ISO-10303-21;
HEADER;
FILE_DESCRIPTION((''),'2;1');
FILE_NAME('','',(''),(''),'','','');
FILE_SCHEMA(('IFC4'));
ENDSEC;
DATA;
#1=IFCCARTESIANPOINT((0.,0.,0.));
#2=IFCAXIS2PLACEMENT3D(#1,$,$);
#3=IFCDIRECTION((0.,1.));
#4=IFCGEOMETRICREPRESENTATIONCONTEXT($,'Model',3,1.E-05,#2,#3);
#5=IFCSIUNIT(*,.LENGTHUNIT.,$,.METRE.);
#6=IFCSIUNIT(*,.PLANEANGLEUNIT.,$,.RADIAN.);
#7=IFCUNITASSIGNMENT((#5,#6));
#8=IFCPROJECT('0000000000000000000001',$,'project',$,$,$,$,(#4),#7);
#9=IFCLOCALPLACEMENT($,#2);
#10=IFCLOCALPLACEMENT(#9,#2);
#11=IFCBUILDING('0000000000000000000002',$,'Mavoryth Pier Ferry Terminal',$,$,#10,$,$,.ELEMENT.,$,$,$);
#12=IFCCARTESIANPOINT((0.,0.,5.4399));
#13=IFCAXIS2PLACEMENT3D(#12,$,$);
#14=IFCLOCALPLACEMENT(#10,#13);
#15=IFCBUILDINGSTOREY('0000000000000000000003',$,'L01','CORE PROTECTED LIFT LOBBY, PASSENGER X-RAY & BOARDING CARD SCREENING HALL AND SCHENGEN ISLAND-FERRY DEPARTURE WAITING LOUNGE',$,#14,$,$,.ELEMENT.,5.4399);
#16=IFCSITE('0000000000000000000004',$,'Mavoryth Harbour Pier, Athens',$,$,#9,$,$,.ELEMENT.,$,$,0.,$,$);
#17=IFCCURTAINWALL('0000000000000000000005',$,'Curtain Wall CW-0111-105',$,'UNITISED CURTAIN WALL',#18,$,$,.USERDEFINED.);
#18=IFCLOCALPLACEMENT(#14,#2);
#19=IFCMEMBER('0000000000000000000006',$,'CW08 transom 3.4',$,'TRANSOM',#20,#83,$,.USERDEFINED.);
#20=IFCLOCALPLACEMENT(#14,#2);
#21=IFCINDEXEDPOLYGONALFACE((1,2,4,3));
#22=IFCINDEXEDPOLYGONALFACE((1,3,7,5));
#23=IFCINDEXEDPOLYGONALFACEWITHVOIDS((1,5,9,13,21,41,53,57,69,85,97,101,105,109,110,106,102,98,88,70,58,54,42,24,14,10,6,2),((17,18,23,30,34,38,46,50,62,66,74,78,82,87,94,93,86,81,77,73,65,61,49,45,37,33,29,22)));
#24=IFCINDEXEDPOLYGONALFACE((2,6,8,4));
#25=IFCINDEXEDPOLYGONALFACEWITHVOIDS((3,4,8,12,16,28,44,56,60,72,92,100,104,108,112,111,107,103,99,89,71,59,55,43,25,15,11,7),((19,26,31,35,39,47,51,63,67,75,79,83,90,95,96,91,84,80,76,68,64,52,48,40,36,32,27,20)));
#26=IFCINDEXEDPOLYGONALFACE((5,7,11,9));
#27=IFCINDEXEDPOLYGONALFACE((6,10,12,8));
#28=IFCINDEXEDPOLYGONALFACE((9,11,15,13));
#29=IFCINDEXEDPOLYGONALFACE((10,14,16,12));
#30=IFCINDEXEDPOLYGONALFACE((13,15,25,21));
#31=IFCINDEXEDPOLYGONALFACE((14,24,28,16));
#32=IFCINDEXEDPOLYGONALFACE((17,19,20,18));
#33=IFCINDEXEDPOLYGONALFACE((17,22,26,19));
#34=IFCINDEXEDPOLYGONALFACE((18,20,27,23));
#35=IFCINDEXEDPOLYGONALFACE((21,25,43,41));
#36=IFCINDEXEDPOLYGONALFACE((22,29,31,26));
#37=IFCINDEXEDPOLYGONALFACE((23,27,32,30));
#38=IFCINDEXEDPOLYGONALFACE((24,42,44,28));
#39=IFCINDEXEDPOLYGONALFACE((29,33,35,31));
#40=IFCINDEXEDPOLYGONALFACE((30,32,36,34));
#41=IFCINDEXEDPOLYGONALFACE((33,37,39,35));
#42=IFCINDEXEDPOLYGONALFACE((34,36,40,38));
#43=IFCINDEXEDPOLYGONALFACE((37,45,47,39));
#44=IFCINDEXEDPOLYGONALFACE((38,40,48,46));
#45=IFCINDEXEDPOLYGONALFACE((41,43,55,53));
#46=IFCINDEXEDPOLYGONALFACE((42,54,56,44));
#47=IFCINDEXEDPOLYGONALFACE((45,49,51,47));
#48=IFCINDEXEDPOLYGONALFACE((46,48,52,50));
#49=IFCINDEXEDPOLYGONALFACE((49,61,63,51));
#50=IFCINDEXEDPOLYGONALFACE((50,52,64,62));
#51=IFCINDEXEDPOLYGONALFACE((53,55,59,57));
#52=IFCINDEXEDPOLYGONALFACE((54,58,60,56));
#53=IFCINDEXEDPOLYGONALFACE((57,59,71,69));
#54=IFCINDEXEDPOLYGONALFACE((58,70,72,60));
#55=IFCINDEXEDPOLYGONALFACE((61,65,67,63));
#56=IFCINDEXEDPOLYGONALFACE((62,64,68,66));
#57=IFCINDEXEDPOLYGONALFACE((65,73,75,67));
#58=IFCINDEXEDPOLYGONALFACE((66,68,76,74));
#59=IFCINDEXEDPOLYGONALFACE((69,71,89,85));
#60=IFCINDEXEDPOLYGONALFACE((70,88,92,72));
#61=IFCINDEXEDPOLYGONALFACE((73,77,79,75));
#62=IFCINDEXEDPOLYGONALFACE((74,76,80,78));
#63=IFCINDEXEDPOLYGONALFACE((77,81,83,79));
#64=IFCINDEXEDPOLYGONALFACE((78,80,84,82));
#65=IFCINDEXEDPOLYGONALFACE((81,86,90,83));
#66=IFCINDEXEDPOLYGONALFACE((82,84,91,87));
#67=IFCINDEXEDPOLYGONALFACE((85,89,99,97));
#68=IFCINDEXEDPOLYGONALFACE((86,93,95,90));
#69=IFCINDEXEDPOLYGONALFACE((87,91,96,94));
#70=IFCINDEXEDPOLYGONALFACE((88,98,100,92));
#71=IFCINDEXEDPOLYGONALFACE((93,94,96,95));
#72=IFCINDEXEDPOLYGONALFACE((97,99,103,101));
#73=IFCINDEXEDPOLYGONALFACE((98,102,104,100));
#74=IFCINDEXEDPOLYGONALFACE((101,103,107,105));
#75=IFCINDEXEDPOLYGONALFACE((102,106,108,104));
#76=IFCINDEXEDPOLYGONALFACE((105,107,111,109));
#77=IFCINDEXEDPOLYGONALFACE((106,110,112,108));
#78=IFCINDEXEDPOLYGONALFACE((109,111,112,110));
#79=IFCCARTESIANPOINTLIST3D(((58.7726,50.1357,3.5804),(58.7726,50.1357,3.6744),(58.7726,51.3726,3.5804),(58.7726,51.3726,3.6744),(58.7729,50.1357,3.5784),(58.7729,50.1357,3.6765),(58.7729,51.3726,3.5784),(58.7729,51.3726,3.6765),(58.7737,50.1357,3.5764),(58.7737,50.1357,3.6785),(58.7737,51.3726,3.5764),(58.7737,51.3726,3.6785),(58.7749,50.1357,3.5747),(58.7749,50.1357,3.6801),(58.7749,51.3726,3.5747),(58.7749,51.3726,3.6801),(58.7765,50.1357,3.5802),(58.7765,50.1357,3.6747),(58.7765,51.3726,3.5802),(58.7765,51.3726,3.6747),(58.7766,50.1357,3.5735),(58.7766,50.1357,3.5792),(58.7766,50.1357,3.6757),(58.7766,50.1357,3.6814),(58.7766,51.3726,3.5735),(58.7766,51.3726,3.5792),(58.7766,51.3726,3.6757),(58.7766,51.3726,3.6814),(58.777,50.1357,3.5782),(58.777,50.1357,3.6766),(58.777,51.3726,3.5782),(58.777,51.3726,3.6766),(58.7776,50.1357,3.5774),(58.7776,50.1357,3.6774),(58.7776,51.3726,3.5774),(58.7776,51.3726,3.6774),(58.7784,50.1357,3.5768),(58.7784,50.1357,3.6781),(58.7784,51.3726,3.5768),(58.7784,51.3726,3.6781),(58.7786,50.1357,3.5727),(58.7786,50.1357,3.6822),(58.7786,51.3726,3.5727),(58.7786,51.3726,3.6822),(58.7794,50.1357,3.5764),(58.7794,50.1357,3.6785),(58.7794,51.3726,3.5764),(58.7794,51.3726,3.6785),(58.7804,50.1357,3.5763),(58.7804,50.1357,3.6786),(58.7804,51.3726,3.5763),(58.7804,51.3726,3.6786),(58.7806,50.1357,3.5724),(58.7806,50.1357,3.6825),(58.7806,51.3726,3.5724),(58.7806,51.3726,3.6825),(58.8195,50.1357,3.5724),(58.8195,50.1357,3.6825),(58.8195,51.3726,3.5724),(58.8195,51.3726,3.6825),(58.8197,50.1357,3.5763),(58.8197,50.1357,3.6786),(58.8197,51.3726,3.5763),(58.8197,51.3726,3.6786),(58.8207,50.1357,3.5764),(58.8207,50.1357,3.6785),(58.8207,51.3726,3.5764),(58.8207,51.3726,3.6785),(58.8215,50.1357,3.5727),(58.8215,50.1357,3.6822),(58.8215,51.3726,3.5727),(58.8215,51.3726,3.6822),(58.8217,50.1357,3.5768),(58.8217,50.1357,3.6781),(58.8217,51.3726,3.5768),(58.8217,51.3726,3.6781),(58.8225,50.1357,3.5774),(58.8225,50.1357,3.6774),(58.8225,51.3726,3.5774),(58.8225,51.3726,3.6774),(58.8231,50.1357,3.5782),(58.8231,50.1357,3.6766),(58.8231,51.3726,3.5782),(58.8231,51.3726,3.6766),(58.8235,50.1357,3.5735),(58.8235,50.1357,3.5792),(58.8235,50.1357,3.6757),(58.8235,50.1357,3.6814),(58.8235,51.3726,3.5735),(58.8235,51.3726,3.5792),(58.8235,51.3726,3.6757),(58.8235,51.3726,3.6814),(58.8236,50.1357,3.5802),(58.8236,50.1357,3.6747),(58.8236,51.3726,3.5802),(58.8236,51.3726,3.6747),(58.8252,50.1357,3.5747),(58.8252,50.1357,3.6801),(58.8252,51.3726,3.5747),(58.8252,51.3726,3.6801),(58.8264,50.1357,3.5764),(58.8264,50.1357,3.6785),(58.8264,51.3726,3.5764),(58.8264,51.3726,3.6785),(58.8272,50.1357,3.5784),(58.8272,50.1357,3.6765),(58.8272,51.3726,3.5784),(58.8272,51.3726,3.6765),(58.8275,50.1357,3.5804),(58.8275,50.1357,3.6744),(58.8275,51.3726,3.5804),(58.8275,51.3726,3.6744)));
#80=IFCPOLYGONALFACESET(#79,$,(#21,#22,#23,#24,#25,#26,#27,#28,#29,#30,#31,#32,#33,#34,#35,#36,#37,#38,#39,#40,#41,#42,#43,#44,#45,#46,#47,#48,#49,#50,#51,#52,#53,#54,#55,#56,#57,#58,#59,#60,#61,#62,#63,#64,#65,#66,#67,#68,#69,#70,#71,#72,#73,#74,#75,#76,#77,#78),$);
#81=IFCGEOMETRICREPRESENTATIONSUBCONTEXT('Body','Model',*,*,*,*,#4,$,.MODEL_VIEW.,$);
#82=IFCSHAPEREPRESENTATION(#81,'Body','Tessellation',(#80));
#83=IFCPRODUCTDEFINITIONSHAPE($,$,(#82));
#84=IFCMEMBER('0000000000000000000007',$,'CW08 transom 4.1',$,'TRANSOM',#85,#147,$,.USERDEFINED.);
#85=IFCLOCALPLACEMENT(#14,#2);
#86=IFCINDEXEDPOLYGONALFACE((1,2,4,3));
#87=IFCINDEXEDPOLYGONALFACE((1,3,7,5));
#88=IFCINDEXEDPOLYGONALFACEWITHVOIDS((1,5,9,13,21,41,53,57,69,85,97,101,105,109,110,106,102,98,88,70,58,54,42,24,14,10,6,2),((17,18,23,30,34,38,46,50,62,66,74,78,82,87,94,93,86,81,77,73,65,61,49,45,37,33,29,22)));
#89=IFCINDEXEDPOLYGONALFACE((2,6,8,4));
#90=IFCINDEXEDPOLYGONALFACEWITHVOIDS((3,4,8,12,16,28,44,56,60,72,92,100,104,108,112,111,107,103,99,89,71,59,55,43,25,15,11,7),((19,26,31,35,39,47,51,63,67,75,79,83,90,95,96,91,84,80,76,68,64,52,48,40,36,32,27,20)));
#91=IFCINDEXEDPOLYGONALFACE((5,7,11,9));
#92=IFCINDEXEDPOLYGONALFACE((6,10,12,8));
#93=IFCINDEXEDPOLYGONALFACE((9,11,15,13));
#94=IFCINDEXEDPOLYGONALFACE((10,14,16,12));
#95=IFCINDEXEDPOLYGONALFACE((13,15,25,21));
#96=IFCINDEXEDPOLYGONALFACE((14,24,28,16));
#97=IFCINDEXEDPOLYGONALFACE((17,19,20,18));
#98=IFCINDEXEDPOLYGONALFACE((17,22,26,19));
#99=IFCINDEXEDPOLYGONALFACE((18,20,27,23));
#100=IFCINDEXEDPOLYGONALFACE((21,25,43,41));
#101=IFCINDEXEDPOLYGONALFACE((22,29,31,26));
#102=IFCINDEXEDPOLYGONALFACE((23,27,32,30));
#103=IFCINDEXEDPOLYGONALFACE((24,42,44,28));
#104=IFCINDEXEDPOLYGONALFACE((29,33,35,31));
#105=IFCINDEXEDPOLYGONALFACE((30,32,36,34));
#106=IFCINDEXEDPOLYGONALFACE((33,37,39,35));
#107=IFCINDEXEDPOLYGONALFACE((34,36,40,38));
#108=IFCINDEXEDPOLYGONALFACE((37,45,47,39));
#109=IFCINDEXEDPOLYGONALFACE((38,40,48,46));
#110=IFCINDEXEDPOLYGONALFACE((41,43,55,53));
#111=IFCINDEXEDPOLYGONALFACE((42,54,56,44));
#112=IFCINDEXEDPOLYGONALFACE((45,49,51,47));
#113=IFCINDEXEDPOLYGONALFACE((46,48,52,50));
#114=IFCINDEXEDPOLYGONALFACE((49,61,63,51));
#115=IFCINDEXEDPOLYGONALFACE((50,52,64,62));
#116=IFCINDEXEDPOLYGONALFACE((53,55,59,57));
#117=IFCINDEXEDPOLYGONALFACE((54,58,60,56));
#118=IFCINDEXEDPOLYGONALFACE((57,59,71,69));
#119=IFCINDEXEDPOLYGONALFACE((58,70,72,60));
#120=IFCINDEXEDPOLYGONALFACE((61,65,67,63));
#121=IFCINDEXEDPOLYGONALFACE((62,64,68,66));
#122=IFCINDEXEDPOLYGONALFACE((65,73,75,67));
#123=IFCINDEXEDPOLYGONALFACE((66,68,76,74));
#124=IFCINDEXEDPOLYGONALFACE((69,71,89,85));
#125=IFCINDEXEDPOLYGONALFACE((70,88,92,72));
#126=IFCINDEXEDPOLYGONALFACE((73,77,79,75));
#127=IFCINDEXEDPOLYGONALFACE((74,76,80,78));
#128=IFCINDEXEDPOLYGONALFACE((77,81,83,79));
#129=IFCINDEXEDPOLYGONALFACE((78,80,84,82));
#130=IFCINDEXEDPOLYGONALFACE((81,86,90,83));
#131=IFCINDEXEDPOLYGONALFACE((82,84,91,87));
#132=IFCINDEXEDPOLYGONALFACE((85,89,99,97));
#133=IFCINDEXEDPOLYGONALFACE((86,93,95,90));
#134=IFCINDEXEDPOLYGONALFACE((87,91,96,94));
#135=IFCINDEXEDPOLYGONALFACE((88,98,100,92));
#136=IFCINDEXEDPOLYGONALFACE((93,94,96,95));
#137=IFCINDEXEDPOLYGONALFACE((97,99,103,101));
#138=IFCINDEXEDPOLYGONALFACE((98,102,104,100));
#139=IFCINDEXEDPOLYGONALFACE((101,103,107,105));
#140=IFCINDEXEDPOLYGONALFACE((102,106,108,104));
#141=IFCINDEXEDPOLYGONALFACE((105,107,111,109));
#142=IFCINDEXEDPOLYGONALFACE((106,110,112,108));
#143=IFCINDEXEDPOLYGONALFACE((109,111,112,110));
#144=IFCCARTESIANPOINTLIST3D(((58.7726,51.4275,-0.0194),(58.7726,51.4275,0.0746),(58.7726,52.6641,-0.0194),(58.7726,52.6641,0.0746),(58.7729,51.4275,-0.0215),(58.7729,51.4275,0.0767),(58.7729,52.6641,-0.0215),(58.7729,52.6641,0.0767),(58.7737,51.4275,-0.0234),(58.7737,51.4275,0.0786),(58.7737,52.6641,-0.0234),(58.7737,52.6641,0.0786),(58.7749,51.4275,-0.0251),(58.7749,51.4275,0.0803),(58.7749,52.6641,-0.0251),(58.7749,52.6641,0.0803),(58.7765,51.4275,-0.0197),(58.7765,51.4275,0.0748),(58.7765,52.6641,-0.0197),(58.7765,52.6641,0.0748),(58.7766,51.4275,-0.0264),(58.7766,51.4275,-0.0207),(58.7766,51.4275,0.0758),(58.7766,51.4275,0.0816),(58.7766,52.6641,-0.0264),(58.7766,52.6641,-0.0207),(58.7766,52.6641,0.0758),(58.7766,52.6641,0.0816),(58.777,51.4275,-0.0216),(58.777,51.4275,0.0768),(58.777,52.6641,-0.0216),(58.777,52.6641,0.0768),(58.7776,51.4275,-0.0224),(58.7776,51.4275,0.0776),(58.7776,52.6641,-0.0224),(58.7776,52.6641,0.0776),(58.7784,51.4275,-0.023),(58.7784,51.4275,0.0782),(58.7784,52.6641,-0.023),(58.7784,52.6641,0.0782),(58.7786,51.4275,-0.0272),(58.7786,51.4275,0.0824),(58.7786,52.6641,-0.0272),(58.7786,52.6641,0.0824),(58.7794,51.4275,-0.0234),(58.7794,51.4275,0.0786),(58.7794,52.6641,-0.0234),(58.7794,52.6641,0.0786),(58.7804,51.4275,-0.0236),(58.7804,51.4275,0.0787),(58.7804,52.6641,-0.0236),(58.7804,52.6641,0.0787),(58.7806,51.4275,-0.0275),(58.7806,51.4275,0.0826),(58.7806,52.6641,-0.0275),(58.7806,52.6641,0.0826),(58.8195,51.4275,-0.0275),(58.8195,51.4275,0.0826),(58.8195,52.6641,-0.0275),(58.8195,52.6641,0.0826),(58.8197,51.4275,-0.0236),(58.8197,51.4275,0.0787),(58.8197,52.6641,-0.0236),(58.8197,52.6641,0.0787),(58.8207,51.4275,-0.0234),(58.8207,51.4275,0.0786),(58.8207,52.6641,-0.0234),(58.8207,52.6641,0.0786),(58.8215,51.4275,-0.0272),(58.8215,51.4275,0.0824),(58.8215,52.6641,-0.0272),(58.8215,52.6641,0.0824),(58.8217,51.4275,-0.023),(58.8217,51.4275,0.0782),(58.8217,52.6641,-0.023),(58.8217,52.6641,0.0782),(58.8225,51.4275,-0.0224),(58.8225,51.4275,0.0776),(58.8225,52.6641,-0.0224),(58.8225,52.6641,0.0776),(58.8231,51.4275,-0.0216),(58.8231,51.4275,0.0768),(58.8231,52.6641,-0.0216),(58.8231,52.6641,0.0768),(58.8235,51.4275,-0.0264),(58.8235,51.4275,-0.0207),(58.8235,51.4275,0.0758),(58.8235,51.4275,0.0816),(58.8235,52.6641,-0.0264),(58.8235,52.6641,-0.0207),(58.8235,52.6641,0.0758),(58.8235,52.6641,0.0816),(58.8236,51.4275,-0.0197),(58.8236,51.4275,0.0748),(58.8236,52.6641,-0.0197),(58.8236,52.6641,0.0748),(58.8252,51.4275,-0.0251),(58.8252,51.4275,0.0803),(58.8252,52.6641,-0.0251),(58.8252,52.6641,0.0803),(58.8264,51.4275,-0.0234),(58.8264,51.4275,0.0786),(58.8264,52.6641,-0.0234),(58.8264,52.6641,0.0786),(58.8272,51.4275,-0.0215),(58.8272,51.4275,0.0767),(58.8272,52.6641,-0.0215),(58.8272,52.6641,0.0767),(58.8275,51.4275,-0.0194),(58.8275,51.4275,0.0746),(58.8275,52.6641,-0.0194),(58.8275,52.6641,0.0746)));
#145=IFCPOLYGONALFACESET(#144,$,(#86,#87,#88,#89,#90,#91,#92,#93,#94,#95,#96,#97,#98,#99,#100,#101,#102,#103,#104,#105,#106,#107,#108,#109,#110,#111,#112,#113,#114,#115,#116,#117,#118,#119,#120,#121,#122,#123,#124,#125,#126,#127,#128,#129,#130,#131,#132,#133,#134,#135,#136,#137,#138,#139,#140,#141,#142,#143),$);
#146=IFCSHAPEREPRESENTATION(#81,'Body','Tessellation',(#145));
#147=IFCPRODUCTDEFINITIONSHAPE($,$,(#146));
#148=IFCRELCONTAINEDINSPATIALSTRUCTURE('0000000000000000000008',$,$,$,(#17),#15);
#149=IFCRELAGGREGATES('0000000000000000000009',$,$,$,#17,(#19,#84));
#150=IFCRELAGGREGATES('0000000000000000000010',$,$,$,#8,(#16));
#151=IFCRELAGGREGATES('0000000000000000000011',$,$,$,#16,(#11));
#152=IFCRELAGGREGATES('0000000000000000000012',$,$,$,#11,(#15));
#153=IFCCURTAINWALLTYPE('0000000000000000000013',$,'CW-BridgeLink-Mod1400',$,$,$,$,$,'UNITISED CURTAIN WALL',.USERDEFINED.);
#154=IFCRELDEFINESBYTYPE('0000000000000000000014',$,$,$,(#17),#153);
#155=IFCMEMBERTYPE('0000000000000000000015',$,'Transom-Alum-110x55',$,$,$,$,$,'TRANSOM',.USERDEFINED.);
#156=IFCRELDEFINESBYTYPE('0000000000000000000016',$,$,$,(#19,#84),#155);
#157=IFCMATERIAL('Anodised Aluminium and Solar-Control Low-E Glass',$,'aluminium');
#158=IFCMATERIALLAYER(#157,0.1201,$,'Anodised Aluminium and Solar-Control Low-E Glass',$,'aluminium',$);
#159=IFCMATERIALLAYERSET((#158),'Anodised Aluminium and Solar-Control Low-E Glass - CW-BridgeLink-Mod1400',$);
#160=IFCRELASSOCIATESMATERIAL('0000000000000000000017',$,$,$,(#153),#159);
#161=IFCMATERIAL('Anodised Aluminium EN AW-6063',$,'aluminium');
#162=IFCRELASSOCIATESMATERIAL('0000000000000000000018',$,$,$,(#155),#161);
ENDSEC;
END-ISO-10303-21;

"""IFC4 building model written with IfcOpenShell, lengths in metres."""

from ifc_helpers import new_model, si_unit, direction, frame, origin, origin_2d, place, context, subcontext, project, spatial, hollow_rectangle, extrude, material, layer, layer_set, material_profile, profile_set, type_object, element, aggregate, save


model = new_model("IFC4")

# Units and contexts
model_context = context("Model", 3, precision=1e-05, world=origin(), true_north=direction((0.0, 1.0)))
body_context = subcontext(model_context, "Body", "Model", "MODEL_VIEW")
ifc_project = project(units=[si_unit("LENGTHUNIT", "METRE"), si_unit("PLANEANGLEUNIT", "RADIAN")], contexts=[model_context])

# Site, building, storey
site_placement = place(None, origin())
site = spatial("IfcSite", under=ifc_project, at=site_placement, Name="Mavoryth Harbour Pier, Athens", CompositionType="ELEMENT", RefElevation=0.0)
building_placement = place(site_placement, origin())
building = spatial("IfcBuilding", under=site, at=building_placement, Name="Mavoryth Pier Ferry Terminal", CompositionType="ELEMENT")
storey_placement = place(building_placement, frame((0.0, 0.0, 5.4399)))
storey = spatial("IfcBuildingStorey", under=building, at=storey_placement, Name="L01", Description="CORE PROTECTED LIFT LOBBY, PASSENGER X-RAY & BOARDING CARD SCREENING HALL AND SCHENGEN ISLAND-FERRY DEPARTURE WAITING LOUNGE", CompositionType="ELEMENT", Elevation=5.4399)

# Curtain wall, members
ifc_material_1 = material(Name="Anodised Aluminium and Solar-Control Low-E Glass", Category="aluminium")
ifc_layer_1 = layer(ifc_material_1, 0.1201, Name="Anodised Aluminium and Solar-Control Low-E Glass", Category="aluminium")
ifc_layer_set_1 = layer_set([ifc_layer_1], Name="Anodised Aluminium and Solar-Control Low-E Glass - CW-BridgeLink-Mod1400")
curtain_wall_type = type_object("IfcCurtainWallType", Name="CW-BridgeLink-Mod1400", ElementType="UNITISED CURTAIN WALL", PredefinedType="USERDEFINED", material=ifc_layer_set_1)
curtain_wall_placement = place(storey_placement, origin())
curtain_wall = element("IfcCurtainWall", 1, at=curtain_wall_placement, inside=storey, type_object=curtain_wall_type, Name="Curtain Wall CW-0111-105", ObjectType="UNITISED CURTAIN WALL", PredefinedType="USERDEFINED")
ifc_material_2 = material(Name="Anodised Aluminium EN AW-6063", Category="aluminium")
ifc_material_profile_1 = material_profile(ifc_material_2, hollow_rectangle(XDim=0.0549, YDim=0.1101, WallThickness=0.0039, InnerFilletRadius=0.0039, OuterFilletRadius=0.0081, at=origin_2d()), Name="AL-TRAN 110x55x4", Category="aluminium")
ifc_profile_set_1 = profile_set([ifc_material_profile_1], Name="Anodised Aluminium EN AW-6063 - AL-TRAN 110x55x4")
member_type_1 = type_object("IfcMemberType", Name="Transom-Alum-110x55", ElementType="TRANSOM", PredefinedType="USERDEFINED", material=ifc_profile_set_1)
member_1_placement = place(storey_placement, frame((58.8, 50.1357, 3.6274), z_axis=(0.0, 1.0, 0.0), x_axis=(-1.0, 0.0, 0.0)))
member_1 = element("IfcMember", 2, at=member_1_placement, type_object=member_type_1, Name="CW08 transom 3.4", ObjectType="TRANSOM", PredefinedType="USERDEFINED", context=body_context, shape_type="SweptSolid", body=[
    extrude(hollow_rectangle(XDim=0.0549, YDim=0.1101, WallThickness=0.0039, InnerFilletRadius=0.0039, OuterFilletRadius=0.0081, at=origin_2d()), origin(), (0.0, 0.0, 1.0), 1.2368),
])
member_2_placement = place(storey_placement, frame((58.8, 51.4275, 0.0276), z_axis=(0.0, 1.0, 0.0), x_axis=(-1.0, 0.0, 0.0)))
member_2 = element("IfcMember", 3, at=member_2_placement, type_object=member_type_1, Name="CW08 transom 4.1", ObjectType="TRANSOM", PredefinedType="USERDEFINED", context=body_context, shape_type="SweptSolid", body=[
    extrude(hollow_rectangle(XDim=0.0549, YDim=0.1101, WallThickness=0.0039, InnerFilletRadius=0.0039, OuterFilletRadius=0.0081, at=origin_2d()), origin(), (0.0, 0.0, 1.0), 1.2366),
])
aggregate(curtain_wall, [member_1, member_2])

save(model, "model.ifc")
